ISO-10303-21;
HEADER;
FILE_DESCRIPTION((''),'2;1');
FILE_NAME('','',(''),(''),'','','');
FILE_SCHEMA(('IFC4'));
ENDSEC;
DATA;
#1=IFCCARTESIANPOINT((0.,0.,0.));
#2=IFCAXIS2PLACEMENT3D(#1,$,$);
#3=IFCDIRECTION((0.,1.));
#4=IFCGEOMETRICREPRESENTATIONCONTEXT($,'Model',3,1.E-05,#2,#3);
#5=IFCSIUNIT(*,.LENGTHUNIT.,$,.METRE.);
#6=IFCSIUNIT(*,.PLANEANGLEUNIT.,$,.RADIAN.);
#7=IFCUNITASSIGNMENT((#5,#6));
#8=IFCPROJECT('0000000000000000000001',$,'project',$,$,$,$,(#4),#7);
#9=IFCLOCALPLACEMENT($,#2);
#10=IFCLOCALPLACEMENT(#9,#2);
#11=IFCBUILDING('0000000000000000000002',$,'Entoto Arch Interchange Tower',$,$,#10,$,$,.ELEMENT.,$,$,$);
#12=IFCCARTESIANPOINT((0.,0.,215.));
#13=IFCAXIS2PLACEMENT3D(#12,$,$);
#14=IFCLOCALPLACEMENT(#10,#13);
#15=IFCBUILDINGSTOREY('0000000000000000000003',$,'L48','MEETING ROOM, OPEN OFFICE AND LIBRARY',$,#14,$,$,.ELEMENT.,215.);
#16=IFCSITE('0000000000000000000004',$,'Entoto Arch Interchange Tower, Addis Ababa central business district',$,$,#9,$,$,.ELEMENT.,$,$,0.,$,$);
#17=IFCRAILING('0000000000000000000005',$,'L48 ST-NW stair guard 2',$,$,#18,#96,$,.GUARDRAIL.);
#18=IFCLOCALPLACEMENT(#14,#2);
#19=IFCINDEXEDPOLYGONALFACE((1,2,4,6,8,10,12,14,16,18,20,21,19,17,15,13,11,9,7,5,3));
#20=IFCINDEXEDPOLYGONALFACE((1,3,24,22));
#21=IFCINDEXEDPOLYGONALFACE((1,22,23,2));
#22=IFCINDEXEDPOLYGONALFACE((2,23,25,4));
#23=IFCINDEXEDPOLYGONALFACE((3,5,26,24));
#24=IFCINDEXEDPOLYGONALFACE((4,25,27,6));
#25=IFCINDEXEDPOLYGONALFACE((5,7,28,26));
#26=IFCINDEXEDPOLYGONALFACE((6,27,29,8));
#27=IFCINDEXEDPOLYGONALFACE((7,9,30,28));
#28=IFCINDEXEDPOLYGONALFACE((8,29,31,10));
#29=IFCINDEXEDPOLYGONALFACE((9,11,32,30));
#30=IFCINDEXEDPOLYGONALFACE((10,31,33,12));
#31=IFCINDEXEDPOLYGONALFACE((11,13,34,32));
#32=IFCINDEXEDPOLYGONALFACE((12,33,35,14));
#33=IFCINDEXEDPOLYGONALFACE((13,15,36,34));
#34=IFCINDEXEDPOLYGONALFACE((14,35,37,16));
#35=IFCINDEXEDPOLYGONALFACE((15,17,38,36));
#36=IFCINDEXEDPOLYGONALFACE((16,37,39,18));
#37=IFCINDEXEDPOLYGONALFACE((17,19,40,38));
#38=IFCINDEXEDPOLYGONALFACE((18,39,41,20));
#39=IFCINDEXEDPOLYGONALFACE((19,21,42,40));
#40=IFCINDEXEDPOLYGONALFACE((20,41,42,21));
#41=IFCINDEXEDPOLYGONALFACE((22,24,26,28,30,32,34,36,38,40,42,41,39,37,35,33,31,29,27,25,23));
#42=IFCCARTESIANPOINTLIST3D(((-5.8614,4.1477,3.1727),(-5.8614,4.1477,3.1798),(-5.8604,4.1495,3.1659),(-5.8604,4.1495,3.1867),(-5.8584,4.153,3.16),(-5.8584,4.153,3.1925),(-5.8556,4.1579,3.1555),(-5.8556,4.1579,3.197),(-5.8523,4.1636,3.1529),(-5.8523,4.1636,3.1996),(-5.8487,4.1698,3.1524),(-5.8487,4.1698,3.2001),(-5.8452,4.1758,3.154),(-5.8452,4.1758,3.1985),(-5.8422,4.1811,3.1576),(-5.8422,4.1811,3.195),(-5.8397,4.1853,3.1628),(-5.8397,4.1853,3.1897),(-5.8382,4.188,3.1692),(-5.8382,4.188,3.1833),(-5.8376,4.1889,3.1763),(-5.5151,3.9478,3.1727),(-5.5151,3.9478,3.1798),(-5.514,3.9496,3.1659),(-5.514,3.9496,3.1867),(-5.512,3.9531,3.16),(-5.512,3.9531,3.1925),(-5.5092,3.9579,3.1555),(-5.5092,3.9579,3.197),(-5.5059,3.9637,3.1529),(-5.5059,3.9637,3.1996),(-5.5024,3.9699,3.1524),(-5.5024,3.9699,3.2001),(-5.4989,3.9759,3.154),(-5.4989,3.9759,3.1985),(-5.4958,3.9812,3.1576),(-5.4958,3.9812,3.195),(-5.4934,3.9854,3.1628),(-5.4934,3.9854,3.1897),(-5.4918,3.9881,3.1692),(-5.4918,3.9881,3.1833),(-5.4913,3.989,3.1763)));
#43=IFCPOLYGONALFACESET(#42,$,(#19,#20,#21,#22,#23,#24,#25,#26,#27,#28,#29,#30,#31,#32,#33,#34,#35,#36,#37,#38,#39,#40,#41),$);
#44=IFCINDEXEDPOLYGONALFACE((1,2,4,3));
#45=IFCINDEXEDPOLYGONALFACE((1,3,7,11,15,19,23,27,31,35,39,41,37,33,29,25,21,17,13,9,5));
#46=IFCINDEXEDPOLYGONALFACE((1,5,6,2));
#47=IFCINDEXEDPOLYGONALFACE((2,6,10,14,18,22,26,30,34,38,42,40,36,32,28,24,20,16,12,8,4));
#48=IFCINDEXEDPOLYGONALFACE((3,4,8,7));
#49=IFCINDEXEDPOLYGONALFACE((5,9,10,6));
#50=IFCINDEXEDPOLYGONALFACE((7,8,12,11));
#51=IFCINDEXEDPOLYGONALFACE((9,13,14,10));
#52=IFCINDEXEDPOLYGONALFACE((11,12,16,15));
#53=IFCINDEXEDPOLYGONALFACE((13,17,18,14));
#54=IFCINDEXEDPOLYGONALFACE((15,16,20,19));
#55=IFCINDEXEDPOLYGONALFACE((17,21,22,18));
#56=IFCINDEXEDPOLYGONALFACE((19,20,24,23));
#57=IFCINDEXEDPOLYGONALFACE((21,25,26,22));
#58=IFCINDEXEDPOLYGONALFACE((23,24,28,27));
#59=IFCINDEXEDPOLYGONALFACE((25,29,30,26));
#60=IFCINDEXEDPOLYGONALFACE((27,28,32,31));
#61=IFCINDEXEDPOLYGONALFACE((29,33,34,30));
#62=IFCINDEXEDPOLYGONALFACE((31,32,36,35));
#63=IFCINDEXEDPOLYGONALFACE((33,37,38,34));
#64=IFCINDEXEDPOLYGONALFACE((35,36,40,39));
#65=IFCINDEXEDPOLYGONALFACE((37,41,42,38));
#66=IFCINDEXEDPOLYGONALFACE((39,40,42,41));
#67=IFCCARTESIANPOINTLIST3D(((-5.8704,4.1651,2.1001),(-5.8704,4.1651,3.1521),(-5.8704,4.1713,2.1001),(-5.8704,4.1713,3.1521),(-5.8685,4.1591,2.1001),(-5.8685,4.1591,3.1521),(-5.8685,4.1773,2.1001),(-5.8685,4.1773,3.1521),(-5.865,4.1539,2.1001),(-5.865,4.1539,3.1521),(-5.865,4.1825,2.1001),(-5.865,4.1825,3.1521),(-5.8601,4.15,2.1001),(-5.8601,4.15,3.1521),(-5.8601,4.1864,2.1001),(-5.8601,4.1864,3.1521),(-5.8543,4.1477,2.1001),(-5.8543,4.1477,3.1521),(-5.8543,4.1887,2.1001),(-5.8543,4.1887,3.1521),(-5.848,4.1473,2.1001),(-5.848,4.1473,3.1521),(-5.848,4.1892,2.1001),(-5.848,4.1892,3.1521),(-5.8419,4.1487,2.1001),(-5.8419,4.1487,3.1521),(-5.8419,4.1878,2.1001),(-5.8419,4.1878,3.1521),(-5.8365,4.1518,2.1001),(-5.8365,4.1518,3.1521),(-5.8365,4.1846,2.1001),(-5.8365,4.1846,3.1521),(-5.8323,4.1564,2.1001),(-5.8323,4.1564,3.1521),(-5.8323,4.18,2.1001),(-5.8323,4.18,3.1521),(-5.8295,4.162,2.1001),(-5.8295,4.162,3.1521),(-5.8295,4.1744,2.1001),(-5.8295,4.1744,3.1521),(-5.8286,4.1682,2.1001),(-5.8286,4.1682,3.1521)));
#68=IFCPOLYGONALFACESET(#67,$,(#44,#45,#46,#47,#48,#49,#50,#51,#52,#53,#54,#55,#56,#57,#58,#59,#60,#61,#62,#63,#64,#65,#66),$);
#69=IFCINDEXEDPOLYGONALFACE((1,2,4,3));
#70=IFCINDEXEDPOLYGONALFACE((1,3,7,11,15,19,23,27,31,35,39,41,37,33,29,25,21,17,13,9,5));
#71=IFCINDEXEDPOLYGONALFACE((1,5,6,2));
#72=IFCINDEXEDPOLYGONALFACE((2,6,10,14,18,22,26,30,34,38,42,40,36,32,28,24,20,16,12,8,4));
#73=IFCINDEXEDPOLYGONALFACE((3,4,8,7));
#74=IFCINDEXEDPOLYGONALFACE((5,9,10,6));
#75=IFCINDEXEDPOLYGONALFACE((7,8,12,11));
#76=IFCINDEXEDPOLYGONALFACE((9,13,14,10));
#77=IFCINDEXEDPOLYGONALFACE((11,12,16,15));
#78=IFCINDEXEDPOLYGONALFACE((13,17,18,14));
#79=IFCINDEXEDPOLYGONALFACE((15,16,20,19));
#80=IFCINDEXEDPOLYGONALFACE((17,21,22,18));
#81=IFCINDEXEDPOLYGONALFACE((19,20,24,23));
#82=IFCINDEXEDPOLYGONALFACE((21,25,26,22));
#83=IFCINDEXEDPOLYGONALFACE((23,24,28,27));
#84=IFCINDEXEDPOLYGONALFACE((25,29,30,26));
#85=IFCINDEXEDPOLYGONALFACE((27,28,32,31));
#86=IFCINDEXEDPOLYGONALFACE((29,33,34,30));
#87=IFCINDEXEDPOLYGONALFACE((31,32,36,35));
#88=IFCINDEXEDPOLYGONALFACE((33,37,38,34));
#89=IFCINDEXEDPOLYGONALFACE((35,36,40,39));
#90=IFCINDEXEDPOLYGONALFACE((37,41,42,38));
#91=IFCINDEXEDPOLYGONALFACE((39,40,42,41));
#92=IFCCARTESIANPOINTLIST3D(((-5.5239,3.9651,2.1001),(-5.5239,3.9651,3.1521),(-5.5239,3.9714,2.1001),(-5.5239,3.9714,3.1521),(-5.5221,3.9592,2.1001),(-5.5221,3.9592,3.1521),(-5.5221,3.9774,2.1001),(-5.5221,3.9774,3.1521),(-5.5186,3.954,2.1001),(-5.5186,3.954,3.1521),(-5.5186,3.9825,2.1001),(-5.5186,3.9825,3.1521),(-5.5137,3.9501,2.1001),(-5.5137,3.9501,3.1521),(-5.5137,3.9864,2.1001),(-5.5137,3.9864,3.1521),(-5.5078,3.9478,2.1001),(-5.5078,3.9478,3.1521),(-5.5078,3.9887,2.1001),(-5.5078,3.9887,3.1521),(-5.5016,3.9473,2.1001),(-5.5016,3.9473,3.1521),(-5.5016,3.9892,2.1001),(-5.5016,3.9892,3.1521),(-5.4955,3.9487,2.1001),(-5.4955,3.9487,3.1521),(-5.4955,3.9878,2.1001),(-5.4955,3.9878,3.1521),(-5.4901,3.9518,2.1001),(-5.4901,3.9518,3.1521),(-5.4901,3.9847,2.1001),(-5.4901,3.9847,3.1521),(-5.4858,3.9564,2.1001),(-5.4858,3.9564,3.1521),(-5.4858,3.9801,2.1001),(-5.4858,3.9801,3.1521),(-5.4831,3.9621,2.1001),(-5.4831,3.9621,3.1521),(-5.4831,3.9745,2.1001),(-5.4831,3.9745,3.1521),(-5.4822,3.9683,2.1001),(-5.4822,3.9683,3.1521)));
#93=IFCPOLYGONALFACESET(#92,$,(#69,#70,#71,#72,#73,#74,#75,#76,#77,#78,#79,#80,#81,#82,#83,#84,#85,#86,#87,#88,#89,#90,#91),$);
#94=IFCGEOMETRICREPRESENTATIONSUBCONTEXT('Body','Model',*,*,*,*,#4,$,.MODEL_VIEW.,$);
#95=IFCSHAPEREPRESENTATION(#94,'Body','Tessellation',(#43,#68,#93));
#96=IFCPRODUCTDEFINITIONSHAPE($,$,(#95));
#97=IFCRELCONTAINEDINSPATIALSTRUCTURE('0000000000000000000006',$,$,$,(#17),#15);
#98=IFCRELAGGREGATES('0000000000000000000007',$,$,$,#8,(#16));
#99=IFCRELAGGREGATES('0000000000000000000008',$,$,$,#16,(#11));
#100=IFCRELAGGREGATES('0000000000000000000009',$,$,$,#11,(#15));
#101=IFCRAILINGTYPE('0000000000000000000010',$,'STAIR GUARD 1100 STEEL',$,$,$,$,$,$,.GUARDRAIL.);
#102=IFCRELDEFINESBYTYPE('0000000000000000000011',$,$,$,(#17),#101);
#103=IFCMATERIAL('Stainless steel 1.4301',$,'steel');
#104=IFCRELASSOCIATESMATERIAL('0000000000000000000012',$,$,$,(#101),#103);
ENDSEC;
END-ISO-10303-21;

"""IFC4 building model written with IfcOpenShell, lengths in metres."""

from ifc_helpers import new_model, si_unit, direction, frame, origin, origin_2d, place, context, subcontext, project, spatial, circle, extrude, material, type_object, element, save


model = new_model("IFC4")

# Units and contexts
model_context = context("Model", 3, precision=1e-05, world=origin(), true_north=direction((0.0, 1.0)))
body_context = subcontext(model_context, "Body", "Model", "MODEL_VIEW")
ifc_project = project(units=[si_unit("LENGTHUNIT", "METRE"), si_unit("PLANEANGLEUNIT", "RADIAN")], contexts=[model_context])

# Site, building, storey
site_placement = place(None, origin())
site = spatial("IfcSite", under=ifc_project, at=site_placement, Name="Entoto Arch Interchange Tower, Addis Ababa central business district", CompositionType="ELEMENT", RefElevation=0.0)
building_placement = place(site_placement, origin())
building = spatial("IfcBuilding", under=site, at=building_placement, Name="Entoto Arch Interchange Tower", CompositionType="ELEMENT")
storey_placement = place(building_placement, frame((0.0, 0.0, 215.0)))
storey = spatial("IfcBuildingStorey", under=building, at=storey_placement, Name="L48", Description="MEETING ROOM, OPEN OFFICE AND LIBRARY", CompositionType="ELEMENT", Elevation=215.0)

# Railing
ifc_material_1 = material(Name="Stainless steel 1.4301", Category="steel")
railing_type = type_object("IfcRailingType", Name="STAIR GUARD 1100 STEEL", PredefinedType="GUARDRAIL", material=ifc_material_1)
railing_1_placement = place(storey_placement, frame((-5.8496, 4.1682, 2.1001)))
element("IfcRailing", 1, at=railing_1_placement, inside=storey, type_object=railing_type, Name="L48 ST-NW stair guard 2", PredefinedType="GUARDRAIL", context=body_context, shape_type="SweptSolid", body=[
    extrude(circle(Radius=0.0239, at=origin_2d()), frame((0.0, 0.0, 1.0762), z_axis=(0.866094, -0.499881, 0.0), x_axis=(0.499881, 0.866094, 0.0)), (0.0, 0.0, 1.0), 0.3999),
    extrude(circle(Radius=0.021, at=origin_2d()), origin(), (0.0, 0.0, 1.0), 1.052),
    extrude(circle(Radius=0.021, at=origin_2d()), frame((0.3464, -0.2, 0.0)), (0.0, 0.0, 1.0), 1.052),
])

save(model, "model.ifc")
